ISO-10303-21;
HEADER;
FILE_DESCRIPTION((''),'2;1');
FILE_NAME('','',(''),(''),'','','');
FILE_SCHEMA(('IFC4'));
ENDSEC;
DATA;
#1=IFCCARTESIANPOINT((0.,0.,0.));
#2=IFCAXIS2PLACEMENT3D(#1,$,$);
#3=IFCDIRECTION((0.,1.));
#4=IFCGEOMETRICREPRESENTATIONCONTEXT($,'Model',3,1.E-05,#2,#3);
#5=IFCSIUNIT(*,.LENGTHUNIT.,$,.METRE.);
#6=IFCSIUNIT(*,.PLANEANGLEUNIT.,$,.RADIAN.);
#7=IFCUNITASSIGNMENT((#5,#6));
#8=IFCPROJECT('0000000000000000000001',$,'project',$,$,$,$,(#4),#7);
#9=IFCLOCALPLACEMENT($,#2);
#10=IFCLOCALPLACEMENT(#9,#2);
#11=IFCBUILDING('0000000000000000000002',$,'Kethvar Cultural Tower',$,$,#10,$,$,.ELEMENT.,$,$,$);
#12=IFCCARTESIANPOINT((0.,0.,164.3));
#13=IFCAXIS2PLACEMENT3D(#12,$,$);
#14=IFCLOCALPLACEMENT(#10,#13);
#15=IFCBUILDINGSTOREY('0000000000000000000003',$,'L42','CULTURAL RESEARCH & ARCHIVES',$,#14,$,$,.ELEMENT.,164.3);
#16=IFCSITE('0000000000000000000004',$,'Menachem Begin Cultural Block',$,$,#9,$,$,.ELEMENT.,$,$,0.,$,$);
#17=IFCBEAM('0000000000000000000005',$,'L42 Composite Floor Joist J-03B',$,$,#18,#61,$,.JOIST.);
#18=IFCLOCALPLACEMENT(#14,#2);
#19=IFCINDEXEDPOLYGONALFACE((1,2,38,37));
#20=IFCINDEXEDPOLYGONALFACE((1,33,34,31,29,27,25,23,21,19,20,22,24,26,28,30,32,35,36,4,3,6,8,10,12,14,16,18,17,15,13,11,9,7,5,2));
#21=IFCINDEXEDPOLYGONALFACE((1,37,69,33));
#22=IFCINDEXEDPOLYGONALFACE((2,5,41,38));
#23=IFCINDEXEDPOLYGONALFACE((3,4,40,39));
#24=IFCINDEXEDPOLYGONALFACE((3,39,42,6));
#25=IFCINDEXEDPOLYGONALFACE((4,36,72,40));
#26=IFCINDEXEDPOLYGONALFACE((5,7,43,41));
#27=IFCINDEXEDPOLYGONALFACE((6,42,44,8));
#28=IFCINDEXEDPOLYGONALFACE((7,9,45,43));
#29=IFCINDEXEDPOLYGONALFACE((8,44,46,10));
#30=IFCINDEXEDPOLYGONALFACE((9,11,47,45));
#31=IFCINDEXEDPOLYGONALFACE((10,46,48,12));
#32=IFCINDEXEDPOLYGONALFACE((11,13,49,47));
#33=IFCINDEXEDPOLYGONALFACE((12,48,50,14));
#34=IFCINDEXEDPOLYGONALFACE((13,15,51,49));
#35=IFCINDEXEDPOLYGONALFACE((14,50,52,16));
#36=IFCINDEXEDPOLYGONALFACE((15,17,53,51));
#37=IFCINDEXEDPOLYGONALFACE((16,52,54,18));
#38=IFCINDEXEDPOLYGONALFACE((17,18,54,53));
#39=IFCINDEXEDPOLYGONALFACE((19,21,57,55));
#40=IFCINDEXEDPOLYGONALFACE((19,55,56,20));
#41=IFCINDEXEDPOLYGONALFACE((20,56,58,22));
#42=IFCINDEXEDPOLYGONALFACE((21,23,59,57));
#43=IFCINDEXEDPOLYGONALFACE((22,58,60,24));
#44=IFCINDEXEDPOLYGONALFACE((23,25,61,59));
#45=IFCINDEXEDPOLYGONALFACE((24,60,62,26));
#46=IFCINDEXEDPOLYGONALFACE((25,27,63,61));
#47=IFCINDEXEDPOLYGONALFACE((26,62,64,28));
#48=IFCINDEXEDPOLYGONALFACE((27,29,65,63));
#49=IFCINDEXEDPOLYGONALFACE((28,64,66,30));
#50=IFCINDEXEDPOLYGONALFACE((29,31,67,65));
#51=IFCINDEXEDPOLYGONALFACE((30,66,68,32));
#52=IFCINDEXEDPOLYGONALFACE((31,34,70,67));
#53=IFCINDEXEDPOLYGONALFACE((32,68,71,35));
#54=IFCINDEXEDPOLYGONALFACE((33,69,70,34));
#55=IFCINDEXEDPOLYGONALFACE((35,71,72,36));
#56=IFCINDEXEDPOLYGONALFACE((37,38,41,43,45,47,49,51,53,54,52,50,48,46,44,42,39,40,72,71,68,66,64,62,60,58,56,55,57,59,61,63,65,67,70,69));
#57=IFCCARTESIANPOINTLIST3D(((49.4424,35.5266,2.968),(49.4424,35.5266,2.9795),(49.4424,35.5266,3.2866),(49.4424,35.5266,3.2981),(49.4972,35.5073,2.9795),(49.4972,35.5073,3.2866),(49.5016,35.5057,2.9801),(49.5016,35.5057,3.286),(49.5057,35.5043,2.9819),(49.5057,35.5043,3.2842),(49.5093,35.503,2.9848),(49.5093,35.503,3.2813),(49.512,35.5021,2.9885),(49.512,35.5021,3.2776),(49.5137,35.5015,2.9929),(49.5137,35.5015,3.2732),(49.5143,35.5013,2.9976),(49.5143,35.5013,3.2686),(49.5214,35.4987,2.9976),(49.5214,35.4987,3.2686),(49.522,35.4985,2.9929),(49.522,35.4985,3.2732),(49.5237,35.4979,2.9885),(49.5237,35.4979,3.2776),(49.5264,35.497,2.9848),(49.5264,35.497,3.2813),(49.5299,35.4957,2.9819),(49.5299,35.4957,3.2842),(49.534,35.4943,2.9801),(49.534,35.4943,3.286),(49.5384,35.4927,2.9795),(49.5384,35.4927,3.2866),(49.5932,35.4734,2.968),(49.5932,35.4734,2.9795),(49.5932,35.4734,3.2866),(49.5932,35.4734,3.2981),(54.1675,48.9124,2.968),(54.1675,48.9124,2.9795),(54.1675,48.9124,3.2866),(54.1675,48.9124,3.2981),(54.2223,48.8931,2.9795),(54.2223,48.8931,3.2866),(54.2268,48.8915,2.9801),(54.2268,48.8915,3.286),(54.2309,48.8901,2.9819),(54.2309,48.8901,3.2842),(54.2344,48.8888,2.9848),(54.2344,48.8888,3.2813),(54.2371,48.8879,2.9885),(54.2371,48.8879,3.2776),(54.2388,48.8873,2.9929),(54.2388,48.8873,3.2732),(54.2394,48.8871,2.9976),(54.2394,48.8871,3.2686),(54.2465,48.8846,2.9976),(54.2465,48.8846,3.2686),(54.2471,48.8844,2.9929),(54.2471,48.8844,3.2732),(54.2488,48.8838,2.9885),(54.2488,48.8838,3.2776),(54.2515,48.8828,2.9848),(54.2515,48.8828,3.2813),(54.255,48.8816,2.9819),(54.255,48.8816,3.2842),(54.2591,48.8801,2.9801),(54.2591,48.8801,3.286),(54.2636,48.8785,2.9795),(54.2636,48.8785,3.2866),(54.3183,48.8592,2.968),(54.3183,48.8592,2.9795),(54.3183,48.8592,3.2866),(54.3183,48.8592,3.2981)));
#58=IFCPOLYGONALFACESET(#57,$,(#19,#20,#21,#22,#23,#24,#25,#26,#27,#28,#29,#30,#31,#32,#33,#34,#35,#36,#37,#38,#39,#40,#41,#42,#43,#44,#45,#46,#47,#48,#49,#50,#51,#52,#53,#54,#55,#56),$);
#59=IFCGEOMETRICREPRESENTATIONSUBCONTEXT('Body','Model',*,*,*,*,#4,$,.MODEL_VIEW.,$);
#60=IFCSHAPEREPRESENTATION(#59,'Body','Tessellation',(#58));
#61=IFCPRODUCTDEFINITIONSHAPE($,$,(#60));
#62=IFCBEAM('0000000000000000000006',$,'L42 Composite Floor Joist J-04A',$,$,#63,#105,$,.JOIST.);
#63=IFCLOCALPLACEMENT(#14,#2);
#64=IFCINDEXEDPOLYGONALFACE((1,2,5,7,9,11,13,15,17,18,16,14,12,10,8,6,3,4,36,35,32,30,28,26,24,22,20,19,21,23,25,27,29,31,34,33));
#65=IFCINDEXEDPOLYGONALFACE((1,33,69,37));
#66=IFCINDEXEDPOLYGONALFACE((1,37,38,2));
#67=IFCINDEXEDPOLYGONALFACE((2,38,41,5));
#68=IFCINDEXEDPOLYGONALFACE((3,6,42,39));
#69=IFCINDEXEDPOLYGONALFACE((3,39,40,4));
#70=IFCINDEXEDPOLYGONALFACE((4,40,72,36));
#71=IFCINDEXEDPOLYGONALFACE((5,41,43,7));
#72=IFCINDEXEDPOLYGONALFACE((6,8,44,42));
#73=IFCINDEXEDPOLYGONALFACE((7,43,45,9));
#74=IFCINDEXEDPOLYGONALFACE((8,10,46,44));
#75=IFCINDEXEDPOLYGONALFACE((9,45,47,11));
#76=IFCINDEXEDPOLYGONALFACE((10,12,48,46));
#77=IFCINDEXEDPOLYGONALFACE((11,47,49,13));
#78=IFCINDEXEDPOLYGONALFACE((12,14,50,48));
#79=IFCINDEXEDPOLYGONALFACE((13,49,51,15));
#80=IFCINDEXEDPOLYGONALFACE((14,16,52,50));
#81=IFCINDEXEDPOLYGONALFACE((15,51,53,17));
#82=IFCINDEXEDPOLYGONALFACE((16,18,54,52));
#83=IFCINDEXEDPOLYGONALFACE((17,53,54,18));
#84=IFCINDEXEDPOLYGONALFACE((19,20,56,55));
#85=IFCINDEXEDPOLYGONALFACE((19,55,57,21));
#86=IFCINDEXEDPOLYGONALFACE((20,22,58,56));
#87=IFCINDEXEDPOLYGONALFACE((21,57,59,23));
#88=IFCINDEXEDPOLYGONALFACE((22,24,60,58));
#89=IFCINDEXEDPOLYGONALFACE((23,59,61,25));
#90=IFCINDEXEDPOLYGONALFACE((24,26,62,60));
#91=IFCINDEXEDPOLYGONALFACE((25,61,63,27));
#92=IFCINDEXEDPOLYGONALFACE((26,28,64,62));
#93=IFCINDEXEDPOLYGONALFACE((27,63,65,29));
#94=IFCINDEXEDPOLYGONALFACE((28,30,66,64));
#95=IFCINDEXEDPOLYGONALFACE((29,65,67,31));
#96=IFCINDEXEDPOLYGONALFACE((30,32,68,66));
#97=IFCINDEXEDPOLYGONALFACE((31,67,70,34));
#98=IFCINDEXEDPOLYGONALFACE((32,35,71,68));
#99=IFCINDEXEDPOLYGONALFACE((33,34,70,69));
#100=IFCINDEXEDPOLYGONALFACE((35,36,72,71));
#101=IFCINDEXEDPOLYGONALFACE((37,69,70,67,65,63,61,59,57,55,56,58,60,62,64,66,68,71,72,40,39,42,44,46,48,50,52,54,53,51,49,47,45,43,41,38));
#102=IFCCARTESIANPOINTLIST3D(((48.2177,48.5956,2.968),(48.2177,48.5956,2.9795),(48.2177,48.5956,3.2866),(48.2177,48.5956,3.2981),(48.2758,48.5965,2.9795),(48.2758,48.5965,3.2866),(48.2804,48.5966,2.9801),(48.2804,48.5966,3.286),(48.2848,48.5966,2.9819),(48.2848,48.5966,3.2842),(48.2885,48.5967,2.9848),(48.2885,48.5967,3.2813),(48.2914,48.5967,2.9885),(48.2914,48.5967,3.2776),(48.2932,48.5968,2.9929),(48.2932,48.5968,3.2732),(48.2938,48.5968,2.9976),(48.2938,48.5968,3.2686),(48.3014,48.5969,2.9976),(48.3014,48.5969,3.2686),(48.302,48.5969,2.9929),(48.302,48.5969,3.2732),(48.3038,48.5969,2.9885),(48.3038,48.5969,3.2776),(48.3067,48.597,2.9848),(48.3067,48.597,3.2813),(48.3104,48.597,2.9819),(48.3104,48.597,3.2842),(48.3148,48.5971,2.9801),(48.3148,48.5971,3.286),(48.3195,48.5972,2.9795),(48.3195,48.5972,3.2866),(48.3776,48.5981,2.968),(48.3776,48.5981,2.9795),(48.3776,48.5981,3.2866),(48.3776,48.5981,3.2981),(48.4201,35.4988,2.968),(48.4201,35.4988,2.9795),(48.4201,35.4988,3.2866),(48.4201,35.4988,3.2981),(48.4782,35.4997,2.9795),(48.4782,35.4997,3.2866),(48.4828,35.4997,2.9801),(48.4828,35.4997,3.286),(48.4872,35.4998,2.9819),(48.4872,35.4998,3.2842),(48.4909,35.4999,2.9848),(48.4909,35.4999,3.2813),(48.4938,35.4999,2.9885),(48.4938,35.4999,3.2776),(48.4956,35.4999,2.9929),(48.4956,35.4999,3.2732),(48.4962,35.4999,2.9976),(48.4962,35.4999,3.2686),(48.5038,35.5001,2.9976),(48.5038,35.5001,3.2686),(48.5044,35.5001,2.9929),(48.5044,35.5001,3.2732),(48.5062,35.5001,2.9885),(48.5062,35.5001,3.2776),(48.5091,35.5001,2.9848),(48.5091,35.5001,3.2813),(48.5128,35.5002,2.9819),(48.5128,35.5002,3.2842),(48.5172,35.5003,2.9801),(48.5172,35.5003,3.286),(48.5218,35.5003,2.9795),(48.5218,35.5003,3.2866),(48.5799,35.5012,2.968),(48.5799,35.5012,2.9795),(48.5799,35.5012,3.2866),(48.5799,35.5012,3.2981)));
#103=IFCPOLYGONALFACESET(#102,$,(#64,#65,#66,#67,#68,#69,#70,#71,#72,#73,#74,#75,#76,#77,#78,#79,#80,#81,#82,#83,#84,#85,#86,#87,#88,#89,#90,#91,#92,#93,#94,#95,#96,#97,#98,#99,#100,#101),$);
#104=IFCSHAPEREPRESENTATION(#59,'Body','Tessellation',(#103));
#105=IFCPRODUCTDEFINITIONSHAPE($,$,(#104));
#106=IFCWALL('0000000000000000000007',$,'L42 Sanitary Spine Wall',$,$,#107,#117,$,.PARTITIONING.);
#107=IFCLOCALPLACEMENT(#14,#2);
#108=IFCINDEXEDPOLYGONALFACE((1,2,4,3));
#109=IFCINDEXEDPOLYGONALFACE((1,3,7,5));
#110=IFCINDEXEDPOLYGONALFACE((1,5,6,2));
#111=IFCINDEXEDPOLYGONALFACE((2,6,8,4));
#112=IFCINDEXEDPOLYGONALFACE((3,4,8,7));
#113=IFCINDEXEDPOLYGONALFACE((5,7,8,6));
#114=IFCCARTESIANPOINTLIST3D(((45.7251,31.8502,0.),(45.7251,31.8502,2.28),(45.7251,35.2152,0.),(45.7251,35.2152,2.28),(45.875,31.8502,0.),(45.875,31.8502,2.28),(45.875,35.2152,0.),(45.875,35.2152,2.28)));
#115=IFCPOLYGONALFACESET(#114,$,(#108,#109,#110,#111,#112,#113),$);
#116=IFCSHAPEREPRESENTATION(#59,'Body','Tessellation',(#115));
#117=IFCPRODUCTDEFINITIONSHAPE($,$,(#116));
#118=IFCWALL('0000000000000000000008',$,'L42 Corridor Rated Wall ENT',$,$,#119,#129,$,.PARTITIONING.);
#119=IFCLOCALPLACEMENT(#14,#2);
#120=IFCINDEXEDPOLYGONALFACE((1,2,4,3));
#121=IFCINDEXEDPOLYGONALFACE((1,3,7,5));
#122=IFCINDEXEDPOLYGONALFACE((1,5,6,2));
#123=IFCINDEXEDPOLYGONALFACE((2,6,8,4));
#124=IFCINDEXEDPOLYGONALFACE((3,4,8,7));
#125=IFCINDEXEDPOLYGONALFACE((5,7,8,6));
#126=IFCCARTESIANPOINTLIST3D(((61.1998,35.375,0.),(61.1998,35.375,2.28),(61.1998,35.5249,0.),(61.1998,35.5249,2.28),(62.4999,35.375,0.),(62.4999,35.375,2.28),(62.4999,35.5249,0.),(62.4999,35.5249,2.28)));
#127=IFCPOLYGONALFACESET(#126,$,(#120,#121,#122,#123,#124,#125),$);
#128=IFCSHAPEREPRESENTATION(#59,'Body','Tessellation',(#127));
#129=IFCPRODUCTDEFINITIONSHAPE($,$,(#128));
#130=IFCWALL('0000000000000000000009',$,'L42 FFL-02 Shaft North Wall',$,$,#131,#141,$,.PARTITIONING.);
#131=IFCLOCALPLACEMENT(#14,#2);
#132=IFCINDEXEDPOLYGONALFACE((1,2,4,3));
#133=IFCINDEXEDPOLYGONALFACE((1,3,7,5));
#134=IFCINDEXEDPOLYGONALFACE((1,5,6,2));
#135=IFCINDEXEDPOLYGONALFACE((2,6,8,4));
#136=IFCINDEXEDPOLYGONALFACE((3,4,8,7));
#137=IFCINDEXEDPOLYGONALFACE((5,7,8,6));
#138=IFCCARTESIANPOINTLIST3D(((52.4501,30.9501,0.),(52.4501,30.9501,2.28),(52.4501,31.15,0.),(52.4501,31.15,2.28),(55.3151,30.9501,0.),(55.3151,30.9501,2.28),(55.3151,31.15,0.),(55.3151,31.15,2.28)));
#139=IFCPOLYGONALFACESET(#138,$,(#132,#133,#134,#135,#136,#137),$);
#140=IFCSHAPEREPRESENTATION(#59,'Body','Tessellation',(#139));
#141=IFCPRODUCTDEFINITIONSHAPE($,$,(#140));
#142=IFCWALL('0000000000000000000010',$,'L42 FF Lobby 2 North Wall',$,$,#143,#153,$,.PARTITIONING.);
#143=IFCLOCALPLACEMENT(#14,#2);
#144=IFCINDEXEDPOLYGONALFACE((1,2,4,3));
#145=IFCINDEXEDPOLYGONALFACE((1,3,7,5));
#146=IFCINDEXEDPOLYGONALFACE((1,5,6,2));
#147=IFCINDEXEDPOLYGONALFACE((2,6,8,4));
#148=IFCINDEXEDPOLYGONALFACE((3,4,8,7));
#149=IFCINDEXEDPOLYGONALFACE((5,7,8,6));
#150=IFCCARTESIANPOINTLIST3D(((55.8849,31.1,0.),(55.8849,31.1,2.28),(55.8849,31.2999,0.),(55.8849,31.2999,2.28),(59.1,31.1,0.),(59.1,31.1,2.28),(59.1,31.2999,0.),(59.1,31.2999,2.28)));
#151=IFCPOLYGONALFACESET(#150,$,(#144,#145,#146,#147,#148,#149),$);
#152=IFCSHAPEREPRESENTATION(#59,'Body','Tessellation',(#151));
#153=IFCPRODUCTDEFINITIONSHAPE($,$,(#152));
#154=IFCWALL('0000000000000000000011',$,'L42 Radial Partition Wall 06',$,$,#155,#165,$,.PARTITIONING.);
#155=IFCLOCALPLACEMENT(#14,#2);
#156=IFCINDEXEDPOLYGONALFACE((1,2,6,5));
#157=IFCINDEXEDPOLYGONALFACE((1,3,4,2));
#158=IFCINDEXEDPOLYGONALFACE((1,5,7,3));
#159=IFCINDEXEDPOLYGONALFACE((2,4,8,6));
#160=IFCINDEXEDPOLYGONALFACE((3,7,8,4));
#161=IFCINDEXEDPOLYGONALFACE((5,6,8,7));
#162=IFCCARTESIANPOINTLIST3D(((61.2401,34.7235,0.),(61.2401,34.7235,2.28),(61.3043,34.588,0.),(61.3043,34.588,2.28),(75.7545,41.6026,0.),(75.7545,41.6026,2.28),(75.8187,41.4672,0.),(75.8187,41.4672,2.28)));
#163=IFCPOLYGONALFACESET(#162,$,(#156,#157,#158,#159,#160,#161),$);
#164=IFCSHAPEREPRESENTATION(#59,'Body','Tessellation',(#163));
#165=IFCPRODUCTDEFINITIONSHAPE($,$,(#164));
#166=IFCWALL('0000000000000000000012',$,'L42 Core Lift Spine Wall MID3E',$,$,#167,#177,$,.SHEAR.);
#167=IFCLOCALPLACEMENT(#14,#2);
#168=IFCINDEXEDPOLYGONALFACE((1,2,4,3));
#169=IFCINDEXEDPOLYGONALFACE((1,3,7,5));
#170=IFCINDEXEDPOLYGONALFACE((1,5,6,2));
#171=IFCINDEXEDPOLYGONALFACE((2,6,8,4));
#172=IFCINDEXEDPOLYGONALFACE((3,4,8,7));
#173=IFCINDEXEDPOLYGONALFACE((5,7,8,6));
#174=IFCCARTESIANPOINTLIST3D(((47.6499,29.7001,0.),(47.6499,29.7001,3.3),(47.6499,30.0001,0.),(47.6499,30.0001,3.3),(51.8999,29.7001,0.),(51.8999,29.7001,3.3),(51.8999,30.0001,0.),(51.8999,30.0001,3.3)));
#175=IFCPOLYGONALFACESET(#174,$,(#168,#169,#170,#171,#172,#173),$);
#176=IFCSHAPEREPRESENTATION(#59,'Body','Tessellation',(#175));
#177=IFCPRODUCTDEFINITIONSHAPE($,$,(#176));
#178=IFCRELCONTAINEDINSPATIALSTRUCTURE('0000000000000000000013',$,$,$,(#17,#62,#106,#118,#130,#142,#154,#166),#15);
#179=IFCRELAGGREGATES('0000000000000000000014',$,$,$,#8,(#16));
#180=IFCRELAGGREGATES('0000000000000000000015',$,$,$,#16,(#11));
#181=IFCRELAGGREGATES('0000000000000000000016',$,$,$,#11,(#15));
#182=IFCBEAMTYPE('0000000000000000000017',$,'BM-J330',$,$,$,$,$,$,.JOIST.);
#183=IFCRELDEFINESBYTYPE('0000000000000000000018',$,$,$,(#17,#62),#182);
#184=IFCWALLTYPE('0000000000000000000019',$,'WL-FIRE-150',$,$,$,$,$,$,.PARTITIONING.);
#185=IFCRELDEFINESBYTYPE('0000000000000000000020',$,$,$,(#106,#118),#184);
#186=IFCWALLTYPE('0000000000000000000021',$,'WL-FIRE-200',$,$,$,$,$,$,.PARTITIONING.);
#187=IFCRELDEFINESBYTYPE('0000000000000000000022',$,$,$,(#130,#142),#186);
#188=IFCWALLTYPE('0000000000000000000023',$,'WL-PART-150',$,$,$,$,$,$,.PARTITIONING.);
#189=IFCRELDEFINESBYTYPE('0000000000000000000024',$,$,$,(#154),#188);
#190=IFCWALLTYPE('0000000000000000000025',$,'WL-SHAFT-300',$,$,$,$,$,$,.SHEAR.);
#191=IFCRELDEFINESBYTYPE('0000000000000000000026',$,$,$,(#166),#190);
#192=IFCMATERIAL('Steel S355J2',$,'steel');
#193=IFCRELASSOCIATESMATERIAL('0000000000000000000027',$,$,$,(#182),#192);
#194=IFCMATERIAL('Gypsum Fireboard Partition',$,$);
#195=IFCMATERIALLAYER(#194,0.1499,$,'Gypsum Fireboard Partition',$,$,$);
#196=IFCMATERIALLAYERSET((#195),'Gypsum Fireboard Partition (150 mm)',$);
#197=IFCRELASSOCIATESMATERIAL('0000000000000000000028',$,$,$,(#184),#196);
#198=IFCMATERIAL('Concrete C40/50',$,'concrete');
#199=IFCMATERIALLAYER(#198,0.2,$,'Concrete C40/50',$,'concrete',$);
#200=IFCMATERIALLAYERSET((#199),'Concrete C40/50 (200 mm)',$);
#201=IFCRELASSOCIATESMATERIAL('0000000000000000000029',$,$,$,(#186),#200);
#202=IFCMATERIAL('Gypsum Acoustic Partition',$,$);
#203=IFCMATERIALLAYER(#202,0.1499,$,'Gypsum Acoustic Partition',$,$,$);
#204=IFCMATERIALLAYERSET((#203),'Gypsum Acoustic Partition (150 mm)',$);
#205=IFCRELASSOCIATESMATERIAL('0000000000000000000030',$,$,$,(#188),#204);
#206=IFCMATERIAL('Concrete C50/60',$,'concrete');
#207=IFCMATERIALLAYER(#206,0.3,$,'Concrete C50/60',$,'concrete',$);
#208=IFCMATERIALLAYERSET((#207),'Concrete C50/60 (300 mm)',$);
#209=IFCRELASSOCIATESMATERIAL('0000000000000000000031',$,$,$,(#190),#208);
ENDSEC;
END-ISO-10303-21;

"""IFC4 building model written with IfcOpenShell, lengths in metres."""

from ifc_helpers import new_model, si_unit, direction, frame, frame_2d, origin, origin_2d, place, context, subcontext, project, spatial, rectangle, i_section, extrude, source, transform, mapped, material, layer, layer_set, material_profile, profile_set, type_object, element, save


model = new_model("IFC4")

# Units and contexts
model_context = context("Model", 3, precision=1e-05, world=origin(), true_north=direction((0.0, 1.0)))
body_context = subcontext(model_context, "Body", "Model", "MODEL_VIEW")
ifc_project = project(units=[si_unit("LENGTHUNIT", "METRE"), si_unit("PLANEANGLEUNIT", "RADIAN")], contexts=[model_context])

# Site, building, storey
site_placement = place(None, origin())
site = spatial("IfcSite", under=ifc_project, at=site_placement, Name="Menachem Begin Cultural Block", CompositionType="ELEMENT", RefElevation=0.0)
building_placement = place(site_placement, origin())
building = spatial("IfcBuilding", under=site, at=building_placement, Name="Kethvar Cultural Tower", CompositionType="ELEMENT")
storey_placement = place(building_placement, frame((0.0, 0.0, 164.3)))
storey = spatial("IfcBuildingStorey", under=building, at=storey_placement, Name="L42", Description="CULTURAL RESEARCH & ARCHIVES", CompositionType="ELEMENT", Elevation=164.3)

# Beams
ifc_material_1 = material(Name="Steel S355J2", Category="steel")
ifc_material_profile_1 = material_profile(ifc_material_1, i_section(OverallWidth=0.1599, OverallDepth=0.3301, WebThickness=0.0076, FlangeThickness=0.0115, FilletRadius=0.0181, at=origin_2d()), Name="Steel S355J2 — IPE330")
ifc_profile_set_1 = profile_set([ifc_material_profile_1], Name="Steel S355J2 — IPE330")
beam_type_1 = type_object("IfcBeamType", Name="BM-J330", PredefinedType="JOIST", material=ifc_profile_set_1)
shared_shape_1 = source(origin(), body_context, "Body", "SweptSolid", [
    extrude(i_section(OverallWidth=0.1599, OverallDepth=0.3301, WebThickness=0.0076, FlangeThickness=0.0115, FilletRadius=0.0181, at=origin_2d()), origin(), (0.0, 0.0, 1.0), 14.1953),
])
beam_1_placement = place(storey_placement, frame((49.5178, 35.5, 3.1331), z_axis=(0.332865, 0.942974, 0.0), x_axis=(-0.942974, 0.332865, 0.0)))
element("IfcBeam", 1, at=beam_1_placement, inside=storey, type_object=beam_type_1, Name="L42 Composite Floor Joist J-03B", PredefinedType="JOIST", context=body_context, shape_type="MappedRepresentation", body=[
    mapped(shared_shape_1, transform((0.0, 0.0, 0.0), scale=1.0)),
])
shared_shape_2 = source(origin(), body_context, "Body", "SweptSolid", [
    extrude(i_section(OverallWidth=0.1599, OverallDepth=0.3301, WebThickness=0.0076, FlangeThickness=0.0115, FilletRadius=0.0181, at=origin_2d()), origin(), (0.0, 0.0, 1.0), 13.0984),
])
beam_2_placement = place(storey_placement, frame((48.5, 35.5, 3.1331), z_axis=(-0.015452, 0.999881, 0.0), x_axis=(-0.999881, -0.015452, 0.0)))
element("IfcBeam", 2, at=beam_2_placement, inside=storey, type_object=beam_type_1, Name="L42 Composite Floor Joist J-04A", PredefinedType="JOIST", context=body_context, shape_type="MappedRepresentation", body=[
    mapped(shared_shape_2, transform((0.0, 0.0, 0.0), scale=1.0)),
])

# Walls
ifc_material_2 = material(Name="Gypsum Fireboard Partition")
ifc_layer_1 = layer(ifc_material_2, 0.1499, Name="Gypsum Fireboard Partition")
ifc_layer_set_1 = layer_set([ifc_layer_1], Name="Gypsum Fireboard Partition (150 mm)")
wall_type_1 = type_object("IfcWallType", Name="WL-FIRE-150", PredefinedType="PARTITIONING", material=ifc_layer_set_1)
wall_1_placement = place(storey_placement, frame((45.8, 31.8501, 0.0), z_axis=(0.0, 0.0, 1.0), x_axis=(0.0, 1.0, 0.0)))
element("IfcWall", 3, at=wall_1_placement, inside=storey, type_object=wall_type_1, Name="L42 Sanitary Spine Wall", PredefinedType="PARTITIONING", context=body_context, shape_type="SweptSolid", body=[
    extrude(rectangle(XDim=3.365, YDim=0.1499, at=frame_2d((1.6826, 0.0))), origin(), (0.0, 0.0, 1.0), 2.28),
])
wall_2_placement = place(storey_placement, frame((61.2, 35.45, 0.0), z_axis=(0.0, 0.0, 1.0), x_axis=(1.0, 0.0, 0.0)))
element("IfcWall", 4, at=wall_2_placement, inside=storey, type_object=wall_type_1, Name="L42 Corridor Rated Wall ENT", PredefinedType="PARTITIONING", context=body_context, shape_type="SweptSolid", body=[
    extrude(rectangle(XDim=1.3, YDim=0.1499, at=frame_2d((0.6499, 0.0))), origin(), (0.0, 0.0, 1.0), 2.28),
])
ifc_material_3 = material(Name="Concrete C40/50", Category="concrete")
ifc_layer_2 = layer(ifc_material_3, 0.2, Name="Concrete C40/50", Category="concrete")
ifc_layer_set_2 = layer_set([ifc_layer_2], Name="Concrete C40/50 (200 mm)")
wall_type_2 = type_object("IfcWallType", Name="WL-FIRE-200", PredefinedType="PARTITIONING", material=ifc_layer_set_2)
wall_3_placement = place(storey_placement, frame((52.45, 31.05, 0.0), z_axis=(0.0, 0.0, 1.0), x_axis=(1.0, 0.0, 0.0)))
element("IfcWall", 5, at=wall_3_placement, inside=storey, type_object=wall_type_2, Name="L42 FFL-02 Shaft North Wall", PredefinedType="PARTITIONING", context=body_context, shape_type="SweptSolid", body=[
    extrude(rectangle(XDim=2.865, YDim=0.2, at=frame_2d((1.4326, 0.0))), origin(), (0.0, 0.0, 1.0), 2.28),
])
wall_4_placement = place(storey_placement, frame((55.885, 31.2, 0.0), z_axis=(0.0, 0.0, 1.0), x_axis=(1.0, 0.0, 0.0)))
element("IfcWall", 6, at=wall_4_placement, inside=storey, type_object=wall_type_2, Name="L42 FF Lobby 2 North Wall", PredefinedType="PARTITIONING", context=body_context, shape_type="SweptSolid", body=[
    extrude(rectangle(XDim=3.2151, YDim=0.2, at=frame_2d((1.6074, 0.0))), origin(), (0.0, 0.0, 1.0), 2.28),
])
ifc_material_4 = material(Name="Gypsum Acoustic Partition")
ifc_layer_3 = layer(ifc_material_4, 0.1499, Name="Gypsum Acoustic Partition")
ifc_layer_set_3 = layer_set([ifc_layer_3], Name="Gypsum Acoustic Partition (150 mm)")
wall_type_3 = type_object("IfcWallType", Name="WL-PART-150", PredefinedType="PARTITIONING", material=ifc_layer_set_3)
wall_5_placement = place(storey_placement, frame((61.2722, 34.6558, 0.0), z_axis=(0.0, 0.0, 1.0), x_axis=(0.903644, 0.428285, 0.0)))
element("IfcWall", 7, at=wall_5_placement, inside=storey, type_object=wall_type_3, Name="L42 Radial Partition Wall 06", PredefinedType="PARTITIONING", context=body_context, shape_type="SweptSolid", body=[
    extrude(rectangle(XDim=16.062, YDim=0.1499, at=frame_2d((8.031, 0.0))), origin(), (0.0, 0.0, 1.0), 2.28),
])
ifc_material_5 = material(Name="Concrete C50/60", Category="concrete")
ifc_layer_4 = layer(ifc_material_5, 0.3, Name="Concrete C50/60", Category="concrete")
ifc_layer_set_4 = layer_set([ifc_layer_4], Name="Concrete C50/60 (300 mm)")
wall_type_4 = type_object("IfcWallType", Name="WL-SHAFT-300", PredefinedType="SHEAR", material=ifc_layer_set_4)
wall_6_placement = place(storey_placement, frame((47.6499, 29.8501, 0.0), z_axis=(0.0, 0.0, 1.0), x_axis=(1.0, 0.0, 0.0)))
element("IfcWall", 8, at=wall_6_placement, inside=storey, type_object=wall_type_4, Name="L42 Core Lift Spine Wall MID3E", PredefinedType="SHEAR", context=body_context, shape_type="SweptSolid", body=[
    extrude(rectangle(XDim=4.25, YDim=0.3, at=frame_2d((2.125, 0.0))), origin(), (0.0, 0.0, 1.0), 3.3),
])

save(model, "model.ifc")
